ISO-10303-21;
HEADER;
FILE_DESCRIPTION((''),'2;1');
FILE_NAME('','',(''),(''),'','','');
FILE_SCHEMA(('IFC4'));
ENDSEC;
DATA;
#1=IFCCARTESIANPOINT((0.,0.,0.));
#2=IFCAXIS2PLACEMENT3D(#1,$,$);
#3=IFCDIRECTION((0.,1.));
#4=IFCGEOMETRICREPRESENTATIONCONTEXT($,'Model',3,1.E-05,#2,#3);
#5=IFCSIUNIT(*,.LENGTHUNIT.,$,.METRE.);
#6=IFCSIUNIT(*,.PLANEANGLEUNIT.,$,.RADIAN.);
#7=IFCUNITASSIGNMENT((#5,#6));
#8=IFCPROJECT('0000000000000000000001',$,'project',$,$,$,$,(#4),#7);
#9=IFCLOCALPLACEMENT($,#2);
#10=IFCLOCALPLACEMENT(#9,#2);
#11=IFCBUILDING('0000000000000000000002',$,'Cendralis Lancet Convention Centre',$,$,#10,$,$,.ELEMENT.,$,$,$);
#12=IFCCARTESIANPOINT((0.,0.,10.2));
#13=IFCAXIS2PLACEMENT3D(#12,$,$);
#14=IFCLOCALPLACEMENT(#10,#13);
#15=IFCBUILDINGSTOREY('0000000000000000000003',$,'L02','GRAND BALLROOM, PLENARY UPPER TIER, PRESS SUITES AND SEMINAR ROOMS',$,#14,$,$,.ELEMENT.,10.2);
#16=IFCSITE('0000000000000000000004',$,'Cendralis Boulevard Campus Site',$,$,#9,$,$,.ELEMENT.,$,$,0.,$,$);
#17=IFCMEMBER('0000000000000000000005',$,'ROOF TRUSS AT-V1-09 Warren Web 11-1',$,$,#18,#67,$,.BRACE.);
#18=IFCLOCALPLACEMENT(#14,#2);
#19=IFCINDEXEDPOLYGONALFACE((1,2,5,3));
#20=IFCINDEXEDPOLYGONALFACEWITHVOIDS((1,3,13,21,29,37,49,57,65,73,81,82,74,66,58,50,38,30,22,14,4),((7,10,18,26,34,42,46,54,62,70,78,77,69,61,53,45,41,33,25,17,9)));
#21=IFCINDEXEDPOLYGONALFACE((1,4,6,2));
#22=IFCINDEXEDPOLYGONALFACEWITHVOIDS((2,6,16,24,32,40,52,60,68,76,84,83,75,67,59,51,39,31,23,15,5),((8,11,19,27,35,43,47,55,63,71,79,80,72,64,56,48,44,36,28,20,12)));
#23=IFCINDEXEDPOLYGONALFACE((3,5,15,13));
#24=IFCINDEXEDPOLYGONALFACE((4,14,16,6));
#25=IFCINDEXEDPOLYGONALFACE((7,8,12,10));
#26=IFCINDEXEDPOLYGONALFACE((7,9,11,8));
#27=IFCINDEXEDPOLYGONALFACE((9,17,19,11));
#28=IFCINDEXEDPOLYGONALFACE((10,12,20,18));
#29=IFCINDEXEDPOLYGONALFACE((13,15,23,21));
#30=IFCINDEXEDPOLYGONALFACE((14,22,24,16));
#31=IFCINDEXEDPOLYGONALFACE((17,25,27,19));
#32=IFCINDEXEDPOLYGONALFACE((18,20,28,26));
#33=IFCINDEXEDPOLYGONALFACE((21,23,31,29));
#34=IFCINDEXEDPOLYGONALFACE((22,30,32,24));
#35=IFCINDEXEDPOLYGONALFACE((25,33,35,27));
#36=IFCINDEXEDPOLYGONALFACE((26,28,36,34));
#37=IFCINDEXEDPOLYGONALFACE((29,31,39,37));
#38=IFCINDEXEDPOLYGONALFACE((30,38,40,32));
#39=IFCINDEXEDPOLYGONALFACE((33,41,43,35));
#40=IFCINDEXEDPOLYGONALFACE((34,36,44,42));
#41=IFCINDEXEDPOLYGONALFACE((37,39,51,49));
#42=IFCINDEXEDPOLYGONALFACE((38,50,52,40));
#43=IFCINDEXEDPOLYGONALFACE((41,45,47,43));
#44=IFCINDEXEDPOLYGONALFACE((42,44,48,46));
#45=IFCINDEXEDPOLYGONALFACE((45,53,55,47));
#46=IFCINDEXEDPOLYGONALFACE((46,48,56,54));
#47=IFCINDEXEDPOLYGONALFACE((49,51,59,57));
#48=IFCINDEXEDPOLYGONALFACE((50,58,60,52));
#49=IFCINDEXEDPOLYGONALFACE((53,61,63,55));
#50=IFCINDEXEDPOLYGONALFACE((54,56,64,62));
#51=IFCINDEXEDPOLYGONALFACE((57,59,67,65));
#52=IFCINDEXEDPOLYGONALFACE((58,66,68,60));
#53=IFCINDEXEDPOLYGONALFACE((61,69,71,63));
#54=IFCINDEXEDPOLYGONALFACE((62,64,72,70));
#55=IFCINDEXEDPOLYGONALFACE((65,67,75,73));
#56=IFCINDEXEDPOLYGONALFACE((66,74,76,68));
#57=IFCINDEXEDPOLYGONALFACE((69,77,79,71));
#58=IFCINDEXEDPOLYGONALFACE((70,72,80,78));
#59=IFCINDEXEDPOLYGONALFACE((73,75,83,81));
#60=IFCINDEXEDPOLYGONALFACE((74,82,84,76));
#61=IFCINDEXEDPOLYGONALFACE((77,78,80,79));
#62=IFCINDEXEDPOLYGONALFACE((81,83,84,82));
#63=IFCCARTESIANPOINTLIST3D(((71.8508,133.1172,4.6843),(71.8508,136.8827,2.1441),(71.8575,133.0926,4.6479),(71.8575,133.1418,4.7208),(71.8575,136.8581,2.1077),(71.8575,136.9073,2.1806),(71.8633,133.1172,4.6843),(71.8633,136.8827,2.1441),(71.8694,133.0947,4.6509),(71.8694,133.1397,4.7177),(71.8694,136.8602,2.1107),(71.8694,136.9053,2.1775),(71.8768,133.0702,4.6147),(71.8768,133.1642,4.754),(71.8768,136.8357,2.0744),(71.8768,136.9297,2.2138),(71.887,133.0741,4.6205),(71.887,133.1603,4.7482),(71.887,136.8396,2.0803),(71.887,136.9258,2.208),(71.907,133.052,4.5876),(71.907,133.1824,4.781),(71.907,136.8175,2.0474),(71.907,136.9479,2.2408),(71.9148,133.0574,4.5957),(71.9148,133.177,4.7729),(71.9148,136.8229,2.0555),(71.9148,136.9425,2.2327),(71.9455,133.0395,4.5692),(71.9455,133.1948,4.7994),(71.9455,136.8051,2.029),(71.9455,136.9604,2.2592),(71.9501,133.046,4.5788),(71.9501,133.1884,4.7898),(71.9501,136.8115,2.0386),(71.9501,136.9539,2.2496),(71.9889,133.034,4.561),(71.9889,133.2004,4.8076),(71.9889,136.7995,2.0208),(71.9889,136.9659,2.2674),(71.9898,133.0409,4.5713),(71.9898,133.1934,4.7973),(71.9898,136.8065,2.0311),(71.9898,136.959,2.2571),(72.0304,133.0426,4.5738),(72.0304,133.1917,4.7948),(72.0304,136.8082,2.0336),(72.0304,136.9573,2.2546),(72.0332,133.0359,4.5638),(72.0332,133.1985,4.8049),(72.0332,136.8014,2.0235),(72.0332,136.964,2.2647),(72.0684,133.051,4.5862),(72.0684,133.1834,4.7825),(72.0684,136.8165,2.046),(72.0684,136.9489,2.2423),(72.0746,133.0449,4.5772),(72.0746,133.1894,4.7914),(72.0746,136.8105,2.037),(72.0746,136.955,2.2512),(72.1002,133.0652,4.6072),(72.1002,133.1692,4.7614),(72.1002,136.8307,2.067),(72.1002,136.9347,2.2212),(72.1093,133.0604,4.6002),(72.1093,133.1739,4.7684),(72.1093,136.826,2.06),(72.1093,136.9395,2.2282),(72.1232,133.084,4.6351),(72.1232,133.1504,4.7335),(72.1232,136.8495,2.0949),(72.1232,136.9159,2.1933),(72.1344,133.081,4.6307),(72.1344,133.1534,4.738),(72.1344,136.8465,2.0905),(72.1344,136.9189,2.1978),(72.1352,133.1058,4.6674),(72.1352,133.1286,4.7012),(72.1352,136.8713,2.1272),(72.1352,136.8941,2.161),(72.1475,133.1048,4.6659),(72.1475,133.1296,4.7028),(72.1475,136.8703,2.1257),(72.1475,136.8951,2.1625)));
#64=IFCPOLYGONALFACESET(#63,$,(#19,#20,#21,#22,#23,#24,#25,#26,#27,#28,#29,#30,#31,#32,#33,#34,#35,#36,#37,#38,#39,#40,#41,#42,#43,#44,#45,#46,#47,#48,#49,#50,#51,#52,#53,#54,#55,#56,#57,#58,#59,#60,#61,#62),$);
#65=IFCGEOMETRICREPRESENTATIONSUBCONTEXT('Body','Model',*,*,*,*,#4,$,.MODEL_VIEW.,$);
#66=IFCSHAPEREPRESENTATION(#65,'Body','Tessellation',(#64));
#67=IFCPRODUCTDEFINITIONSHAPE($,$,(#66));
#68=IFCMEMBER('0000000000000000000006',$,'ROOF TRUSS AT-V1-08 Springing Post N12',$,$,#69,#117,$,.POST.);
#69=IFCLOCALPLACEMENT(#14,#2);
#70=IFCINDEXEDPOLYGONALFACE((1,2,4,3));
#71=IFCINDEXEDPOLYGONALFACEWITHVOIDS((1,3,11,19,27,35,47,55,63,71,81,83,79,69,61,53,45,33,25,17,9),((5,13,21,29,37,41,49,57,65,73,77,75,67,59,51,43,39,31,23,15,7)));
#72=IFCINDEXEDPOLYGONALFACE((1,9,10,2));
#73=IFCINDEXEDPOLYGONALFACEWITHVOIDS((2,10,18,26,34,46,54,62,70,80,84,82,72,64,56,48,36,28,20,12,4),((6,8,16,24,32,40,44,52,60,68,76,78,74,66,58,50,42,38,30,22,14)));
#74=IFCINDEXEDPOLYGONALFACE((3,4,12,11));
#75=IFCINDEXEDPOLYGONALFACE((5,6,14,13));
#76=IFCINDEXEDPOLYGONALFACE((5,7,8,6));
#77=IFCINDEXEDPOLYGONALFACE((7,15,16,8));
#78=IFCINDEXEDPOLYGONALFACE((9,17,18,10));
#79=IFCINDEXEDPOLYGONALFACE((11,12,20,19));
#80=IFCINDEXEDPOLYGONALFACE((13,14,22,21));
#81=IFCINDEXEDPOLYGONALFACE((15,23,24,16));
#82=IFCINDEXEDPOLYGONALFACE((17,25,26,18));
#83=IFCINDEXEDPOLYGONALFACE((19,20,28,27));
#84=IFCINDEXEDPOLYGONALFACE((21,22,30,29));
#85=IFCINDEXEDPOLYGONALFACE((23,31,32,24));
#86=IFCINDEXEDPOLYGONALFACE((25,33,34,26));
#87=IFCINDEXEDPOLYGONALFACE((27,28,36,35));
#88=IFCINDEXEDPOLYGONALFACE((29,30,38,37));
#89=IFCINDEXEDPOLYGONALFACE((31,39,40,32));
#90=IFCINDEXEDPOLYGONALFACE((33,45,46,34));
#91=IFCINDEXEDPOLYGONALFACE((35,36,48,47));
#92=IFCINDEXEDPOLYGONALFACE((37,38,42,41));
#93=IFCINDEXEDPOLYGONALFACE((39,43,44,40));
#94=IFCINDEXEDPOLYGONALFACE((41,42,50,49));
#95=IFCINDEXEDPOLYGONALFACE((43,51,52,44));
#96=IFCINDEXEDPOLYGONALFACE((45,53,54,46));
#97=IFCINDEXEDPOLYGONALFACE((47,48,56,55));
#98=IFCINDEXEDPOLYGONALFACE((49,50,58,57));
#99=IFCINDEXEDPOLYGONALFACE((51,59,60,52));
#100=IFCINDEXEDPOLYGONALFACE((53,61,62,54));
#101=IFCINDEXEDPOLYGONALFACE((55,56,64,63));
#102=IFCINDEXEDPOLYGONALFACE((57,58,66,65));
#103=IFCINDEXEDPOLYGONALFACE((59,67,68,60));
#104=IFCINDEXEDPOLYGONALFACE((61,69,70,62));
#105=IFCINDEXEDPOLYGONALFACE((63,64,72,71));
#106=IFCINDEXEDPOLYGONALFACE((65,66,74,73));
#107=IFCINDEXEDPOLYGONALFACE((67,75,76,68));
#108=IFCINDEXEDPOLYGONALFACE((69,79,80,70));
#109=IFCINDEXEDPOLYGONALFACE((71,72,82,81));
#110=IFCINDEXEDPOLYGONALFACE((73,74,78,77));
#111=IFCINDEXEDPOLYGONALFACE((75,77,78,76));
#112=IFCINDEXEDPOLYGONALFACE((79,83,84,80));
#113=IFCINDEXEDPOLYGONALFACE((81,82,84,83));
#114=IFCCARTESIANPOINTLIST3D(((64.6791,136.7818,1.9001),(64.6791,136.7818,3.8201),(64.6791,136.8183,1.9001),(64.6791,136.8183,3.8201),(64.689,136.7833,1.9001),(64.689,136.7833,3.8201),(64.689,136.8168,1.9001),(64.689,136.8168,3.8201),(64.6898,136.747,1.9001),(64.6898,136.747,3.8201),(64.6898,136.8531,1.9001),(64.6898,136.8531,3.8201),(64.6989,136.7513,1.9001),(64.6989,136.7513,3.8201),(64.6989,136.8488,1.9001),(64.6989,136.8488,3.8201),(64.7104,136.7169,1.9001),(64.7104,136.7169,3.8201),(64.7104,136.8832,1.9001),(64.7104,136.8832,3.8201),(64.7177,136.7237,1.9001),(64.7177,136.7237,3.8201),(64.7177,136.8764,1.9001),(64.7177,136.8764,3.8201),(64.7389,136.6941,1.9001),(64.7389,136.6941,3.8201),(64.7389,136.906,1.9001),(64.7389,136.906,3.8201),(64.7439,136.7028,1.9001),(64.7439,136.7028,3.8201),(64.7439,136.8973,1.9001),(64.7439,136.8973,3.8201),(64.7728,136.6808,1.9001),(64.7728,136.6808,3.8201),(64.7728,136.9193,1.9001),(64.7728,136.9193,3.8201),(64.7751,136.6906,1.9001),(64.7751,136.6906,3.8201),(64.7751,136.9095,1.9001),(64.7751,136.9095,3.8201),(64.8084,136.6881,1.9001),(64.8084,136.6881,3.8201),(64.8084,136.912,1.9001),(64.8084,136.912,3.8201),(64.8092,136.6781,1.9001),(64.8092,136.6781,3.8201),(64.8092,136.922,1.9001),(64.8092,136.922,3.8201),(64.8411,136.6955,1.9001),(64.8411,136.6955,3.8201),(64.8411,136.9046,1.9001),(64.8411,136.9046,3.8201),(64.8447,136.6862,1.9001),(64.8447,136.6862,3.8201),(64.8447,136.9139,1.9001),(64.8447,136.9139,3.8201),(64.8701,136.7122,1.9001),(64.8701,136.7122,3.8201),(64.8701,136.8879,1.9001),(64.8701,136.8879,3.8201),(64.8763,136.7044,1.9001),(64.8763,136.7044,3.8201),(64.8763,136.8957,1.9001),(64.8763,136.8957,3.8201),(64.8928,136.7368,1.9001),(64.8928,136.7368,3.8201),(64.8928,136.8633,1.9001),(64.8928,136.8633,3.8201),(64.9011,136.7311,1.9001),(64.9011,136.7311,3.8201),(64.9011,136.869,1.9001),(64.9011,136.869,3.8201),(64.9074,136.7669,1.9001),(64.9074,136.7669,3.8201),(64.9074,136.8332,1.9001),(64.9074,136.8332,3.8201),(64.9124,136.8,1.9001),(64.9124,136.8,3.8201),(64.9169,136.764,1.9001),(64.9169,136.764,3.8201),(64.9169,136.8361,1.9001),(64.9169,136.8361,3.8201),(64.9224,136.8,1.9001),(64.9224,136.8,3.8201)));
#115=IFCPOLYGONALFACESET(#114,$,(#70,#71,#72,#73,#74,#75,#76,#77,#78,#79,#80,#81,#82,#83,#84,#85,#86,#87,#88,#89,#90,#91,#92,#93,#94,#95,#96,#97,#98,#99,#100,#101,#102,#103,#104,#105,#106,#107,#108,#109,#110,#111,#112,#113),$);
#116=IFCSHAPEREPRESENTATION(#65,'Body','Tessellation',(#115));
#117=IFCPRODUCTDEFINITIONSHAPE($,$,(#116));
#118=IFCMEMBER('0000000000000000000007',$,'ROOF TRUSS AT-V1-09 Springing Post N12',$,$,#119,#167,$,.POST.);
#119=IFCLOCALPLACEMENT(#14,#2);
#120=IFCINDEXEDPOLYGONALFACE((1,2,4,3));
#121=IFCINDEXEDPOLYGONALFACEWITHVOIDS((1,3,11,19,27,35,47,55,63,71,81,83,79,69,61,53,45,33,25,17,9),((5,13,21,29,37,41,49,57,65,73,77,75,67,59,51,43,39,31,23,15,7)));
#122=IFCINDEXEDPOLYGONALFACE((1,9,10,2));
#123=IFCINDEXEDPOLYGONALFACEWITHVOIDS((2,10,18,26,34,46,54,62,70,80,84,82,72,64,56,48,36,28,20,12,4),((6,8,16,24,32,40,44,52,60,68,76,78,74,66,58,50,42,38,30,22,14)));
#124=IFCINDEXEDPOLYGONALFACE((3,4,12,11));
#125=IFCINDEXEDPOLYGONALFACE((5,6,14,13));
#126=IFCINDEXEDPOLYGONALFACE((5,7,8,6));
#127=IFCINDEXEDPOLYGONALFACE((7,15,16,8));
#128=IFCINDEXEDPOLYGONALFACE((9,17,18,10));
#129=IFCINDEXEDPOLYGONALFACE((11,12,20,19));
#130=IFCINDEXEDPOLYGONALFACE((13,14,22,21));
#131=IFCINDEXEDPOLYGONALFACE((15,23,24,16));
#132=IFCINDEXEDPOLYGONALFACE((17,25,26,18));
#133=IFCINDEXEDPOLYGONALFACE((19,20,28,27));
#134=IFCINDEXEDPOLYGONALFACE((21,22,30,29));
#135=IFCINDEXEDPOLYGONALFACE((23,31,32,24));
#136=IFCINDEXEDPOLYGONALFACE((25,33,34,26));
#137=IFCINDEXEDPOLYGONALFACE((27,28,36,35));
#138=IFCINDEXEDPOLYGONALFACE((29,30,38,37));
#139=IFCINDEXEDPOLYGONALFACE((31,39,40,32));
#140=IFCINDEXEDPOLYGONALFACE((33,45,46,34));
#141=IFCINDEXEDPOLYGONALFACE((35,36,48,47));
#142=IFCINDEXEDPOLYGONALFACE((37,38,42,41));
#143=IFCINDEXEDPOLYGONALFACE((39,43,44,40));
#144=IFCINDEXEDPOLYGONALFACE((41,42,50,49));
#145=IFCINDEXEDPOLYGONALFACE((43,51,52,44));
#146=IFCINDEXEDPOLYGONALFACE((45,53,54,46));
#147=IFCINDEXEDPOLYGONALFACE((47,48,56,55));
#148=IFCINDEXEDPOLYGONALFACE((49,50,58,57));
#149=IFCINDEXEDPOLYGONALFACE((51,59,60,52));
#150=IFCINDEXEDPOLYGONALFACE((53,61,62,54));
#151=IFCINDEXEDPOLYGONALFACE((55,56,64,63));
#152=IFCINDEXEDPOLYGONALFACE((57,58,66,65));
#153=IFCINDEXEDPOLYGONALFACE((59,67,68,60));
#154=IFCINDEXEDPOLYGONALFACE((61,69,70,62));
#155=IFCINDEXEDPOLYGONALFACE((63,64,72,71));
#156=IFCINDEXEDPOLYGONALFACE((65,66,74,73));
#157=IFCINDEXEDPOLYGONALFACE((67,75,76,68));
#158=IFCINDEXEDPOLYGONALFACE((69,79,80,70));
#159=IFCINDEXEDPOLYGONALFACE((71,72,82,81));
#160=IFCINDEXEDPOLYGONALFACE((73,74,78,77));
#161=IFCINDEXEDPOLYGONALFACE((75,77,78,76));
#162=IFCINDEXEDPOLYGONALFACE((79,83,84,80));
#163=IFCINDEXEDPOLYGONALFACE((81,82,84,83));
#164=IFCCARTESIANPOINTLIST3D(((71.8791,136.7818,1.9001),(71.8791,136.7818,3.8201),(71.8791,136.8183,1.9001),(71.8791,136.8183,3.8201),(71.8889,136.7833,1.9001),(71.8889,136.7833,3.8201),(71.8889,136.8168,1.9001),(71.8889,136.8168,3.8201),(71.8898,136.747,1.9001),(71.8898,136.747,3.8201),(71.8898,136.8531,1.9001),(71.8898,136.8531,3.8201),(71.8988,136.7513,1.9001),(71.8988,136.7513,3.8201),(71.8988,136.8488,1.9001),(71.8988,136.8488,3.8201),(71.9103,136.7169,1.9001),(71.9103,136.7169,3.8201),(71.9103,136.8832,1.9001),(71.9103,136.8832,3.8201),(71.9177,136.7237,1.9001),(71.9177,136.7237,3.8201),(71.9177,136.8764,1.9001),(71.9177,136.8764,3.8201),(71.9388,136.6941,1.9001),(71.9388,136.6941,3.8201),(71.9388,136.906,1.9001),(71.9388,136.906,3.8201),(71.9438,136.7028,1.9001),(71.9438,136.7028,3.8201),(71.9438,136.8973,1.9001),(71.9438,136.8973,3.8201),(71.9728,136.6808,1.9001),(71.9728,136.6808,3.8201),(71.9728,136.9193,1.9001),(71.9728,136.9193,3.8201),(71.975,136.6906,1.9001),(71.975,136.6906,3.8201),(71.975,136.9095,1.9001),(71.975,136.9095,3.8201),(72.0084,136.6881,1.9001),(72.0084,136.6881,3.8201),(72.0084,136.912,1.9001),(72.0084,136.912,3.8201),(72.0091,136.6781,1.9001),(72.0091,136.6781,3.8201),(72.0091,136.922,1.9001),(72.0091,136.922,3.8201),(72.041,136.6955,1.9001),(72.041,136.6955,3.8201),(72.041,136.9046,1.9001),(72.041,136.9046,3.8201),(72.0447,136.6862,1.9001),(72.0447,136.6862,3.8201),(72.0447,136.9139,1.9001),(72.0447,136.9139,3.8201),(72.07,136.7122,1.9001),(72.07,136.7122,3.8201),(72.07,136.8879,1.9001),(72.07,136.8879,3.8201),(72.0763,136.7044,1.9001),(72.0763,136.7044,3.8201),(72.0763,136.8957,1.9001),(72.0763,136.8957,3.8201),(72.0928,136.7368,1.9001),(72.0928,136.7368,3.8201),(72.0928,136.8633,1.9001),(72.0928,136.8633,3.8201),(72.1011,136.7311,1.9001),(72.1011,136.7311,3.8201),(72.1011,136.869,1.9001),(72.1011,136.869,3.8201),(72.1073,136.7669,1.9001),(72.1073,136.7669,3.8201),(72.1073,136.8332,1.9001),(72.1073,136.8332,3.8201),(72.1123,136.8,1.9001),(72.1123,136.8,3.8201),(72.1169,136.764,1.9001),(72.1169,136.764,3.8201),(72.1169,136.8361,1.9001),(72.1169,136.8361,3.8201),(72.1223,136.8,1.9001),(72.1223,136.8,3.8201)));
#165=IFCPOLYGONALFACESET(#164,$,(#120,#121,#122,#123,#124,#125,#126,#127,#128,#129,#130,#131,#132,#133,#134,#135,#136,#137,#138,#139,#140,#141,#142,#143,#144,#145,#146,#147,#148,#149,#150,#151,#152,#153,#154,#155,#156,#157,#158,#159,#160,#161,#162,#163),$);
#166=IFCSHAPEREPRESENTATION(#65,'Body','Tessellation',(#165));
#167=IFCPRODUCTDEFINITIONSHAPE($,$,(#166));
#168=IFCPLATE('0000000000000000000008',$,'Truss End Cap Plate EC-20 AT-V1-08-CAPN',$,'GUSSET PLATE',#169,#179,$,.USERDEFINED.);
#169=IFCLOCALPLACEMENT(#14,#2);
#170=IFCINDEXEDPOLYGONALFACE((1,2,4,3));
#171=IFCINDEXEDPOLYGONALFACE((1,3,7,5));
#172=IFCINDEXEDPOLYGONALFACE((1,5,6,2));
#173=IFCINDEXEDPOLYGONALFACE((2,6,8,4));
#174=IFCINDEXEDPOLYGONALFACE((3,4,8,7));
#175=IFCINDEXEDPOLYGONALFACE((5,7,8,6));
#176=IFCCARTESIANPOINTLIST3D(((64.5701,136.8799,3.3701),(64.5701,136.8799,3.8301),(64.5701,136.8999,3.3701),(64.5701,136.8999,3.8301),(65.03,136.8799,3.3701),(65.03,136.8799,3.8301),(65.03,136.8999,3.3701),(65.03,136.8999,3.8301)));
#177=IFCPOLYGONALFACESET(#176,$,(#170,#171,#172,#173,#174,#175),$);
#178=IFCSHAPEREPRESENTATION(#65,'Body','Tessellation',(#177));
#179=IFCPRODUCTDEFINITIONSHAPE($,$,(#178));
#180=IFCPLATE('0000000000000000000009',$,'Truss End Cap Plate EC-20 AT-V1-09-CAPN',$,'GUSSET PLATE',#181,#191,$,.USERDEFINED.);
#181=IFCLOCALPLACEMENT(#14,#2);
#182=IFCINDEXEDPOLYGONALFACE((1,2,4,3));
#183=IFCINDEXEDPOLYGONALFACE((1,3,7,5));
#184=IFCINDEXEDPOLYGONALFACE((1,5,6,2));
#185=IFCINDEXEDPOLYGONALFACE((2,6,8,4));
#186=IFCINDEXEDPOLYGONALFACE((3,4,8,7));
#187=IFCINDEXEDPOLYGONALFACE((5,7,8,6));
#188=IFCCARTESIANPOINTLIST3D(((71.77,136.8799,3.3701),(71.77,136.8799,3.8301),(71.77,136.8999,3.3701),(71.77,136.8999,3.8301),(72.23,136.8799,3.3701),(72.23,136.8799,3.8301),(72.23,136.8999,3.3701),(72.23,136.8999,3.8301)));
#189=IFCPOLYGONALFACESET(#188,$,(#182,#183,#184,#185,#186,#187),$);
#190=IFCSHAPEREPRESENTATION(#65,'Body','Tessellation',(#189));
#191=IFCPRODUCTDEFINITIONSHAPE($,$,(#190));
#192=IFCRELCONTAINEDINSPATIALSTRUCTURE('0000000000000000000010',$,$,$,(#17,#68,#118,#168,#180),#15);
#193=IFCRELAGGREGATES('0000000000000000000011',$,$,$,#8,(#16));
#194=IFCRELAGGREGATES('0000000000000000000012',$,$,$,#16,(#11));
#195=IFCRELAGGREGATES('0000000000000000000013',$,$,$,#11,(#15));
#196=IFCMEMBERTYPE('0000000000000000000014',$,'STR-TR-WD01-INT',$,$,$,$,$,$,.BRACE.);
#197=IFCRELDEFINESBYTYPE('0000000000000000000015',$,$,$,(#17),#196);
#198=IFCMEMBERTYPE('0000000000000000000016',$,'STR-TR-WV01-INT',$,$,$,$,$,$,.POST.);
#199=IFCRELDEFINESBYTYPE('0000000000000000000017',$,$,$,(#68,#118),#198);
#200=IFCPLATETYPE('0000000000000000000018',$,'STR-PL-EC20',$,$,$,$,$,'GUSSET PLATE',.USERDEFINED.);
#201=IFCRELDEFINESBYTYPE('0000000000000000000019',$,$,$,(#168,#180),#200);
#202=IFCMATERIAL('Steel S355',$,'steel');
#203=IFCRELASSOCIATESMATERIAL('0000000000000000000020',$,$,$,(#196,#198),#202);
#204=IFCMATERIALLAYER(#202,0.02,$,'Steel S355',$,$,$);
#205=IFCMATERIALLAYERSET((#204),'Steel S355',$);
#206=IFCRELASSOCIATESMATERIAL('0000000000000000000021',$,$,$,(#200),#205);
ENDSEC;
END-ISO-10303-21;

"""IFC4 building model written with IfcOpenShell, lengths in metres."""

from ifc_helpers import new_model, si_unit, direction, frame, origin, origin_2d, place, context, subcontext, project, spatial, rectangle, hollow_circle, extrude, material, layer, layer_set, material_profile, profile_set, type_object, element, save


model = new_model("IFC4")

# Units and contexts
model_context = context("Model", 3, precision=1e-05, world=origin(), true_north=direction((0.0, 1.0)))
body_context = subcontext(model_context, "Body", "Model", "MODEL_VIEW")
ifc_project = project(units=[si_unit("LENGTHUNIT", "METRE"), si_unit("PLANEANGLEUNIT", "RADIAN")], contexts=[model_context])

# Site, building, storey
site_placement = place(None, origin())
site = spatial("IfcSite", under=ifc_project, at=site_placement, Name="Cendralis Boulevard Campus Site", CompositionType="ELEMENT", RefElevation=0.0)
building_placement = place(site_placement, origin())
building = spatial("IfcBuilding", under=site, at=building_placement, Name="Cendralis Lancet Convention Centre", CompositionType="ELEMENT")
storey_placement = place(building_placement, frame((0.0, 0.0, 10.2)))
storey = spatial("IfcBuildingStorey", under=building, at=storey_placement, Name="L02", Description="GRAND BALLROOM, PLENARY UPPER TIER, PRESS SUITES AND SEMINAR ROOMS", CompositionType="ELEMENT", Elevation=10.2)

# Members
ifc_material_1 = material(Name="Steel S355", Category="steel")
ifc_material_profile_1 = material_profile(ifc_material_1, hollow_circle(Radius=0.1492, WallThickness=0.0125, at=origin_2d()), Name="CHS 298.5x12.5")
ifc_profile_set_1 = profile_set([ifc_material_profile_1], Name="Steel S355")
member_type_1 = type_object("IfcMemberType", Name="STR-TR-WD01-INT", PredefinedType="BRACE", material=ifc_profile_set_1)
member_1_placement = place(storey_placement, frame((72.0, 133.1172, 4.6843), z_axis=(0.0, 0.829003, -0.559244), x_axis=(-1.0, 0.0, 0.0)))
element("IfcMember", 1, at=member_1_placement, inside=storey, type_object=member_type_1, Name="ROOF TRUSS AT-V1-09 Warren Web 11-1", PredefinedType="BRACE", context=body_context, shape_type="SweptSolid", body=[
    extrude(hollow_circle(Radius=0.1492, WallThickness=0.0125, at=origin_2d()), origin(), (0.0, 0.0, 1.0), 4.5422),
])
ifc_material_profile_2 = material_profile(ifc_material_1, hollow_circle(Radius=0.1223, WallThickness=0.01, at=origin_2d()), Name="CHS 244.5x10.0")
ifc_profile_set_2 = profile_set([ifc_material_profile_2], Name="Steel S355")
member_type_2 = type_object("IfcMemberType", Name="STR-TR-WV01-INT", PredefinedType="POST", material=ifc_profile_set_2)
for number, where, z_axis, x_axis, name in (
    (2, (64.8, 136.8, 1.9001), (0.0, 0.0, 1.0), (1.0, 0.0, 0.0), "ROOF TRUSS AT-V1-08 Springing Post N12"),
    (3, (72.0, 136.8, 1.9001), (0.0, 0.0, 1.0), (1.0, 0.0, 0.0), "ROOF TRUSS AT-V1-09 Springing Post N12"),
):
    element("IfcMember", number, at=place(storey_placement, frame(where, z_axis=z_axis, x_axis=x_axis)), inside=storey, type_object=member_type_2, Name=name, PredefinedType="POST", context=body_context, shape_type="SweptSolid", body=[
        extrude(hollow_circle(Radius=0.1223, WallThickness=0.01, at=origin_2d()), origin(), (0.0, 0.0, 1.0), 1.9199),
    ])

# Plates
ifc_layer_1 = layer(ifc_material_1, 0.02, Name="Steel S355")
ifc_layer_set_1 = layer_set([ifc_layer_1], Name="Steel S355")
plate_type_1 = type_object("IfcPlateType", Name="STR-PL-EC20", ElementType="GUSSET PLATE", PredefinedType="USERDEFINED", material=ifc_layer_set_1)
for number, where, z_axis, x_axis, name in (
    (4, (64.8, 136.8899, 3.3701), (0.0, 0.0, 1.0), (1.0, 0.0, 0.0), "Truss End Cap Plate EC-20 AT-V1-08-CAPN"),
    (5, (72.0, 136.8899, 3.3701), (0.0, 0.0, 1.0), (1.0, 0.0, 0.0), "Truss End Cap Plate EC-20 AT-V1-09-CAPN"),
):
    element("IfcPlate", number, at=place(storey_placement, frame(where, z_axis=z_axis, x_axis=x_axis)), inside=storey, type_object=plate_type_1, Name=name, ObjectType="GUSSET PLATE", PredefinedType="USERDEFINED", context=body_context, shape_type="SweptSolid", body=[
        extrude(rectangle(XDim=0.46, YDim=0.02, at=origin_2d()), origin(), (0.0, 0.0, 1.0), 0.46),
    ])

save(model, "model.ifc")
